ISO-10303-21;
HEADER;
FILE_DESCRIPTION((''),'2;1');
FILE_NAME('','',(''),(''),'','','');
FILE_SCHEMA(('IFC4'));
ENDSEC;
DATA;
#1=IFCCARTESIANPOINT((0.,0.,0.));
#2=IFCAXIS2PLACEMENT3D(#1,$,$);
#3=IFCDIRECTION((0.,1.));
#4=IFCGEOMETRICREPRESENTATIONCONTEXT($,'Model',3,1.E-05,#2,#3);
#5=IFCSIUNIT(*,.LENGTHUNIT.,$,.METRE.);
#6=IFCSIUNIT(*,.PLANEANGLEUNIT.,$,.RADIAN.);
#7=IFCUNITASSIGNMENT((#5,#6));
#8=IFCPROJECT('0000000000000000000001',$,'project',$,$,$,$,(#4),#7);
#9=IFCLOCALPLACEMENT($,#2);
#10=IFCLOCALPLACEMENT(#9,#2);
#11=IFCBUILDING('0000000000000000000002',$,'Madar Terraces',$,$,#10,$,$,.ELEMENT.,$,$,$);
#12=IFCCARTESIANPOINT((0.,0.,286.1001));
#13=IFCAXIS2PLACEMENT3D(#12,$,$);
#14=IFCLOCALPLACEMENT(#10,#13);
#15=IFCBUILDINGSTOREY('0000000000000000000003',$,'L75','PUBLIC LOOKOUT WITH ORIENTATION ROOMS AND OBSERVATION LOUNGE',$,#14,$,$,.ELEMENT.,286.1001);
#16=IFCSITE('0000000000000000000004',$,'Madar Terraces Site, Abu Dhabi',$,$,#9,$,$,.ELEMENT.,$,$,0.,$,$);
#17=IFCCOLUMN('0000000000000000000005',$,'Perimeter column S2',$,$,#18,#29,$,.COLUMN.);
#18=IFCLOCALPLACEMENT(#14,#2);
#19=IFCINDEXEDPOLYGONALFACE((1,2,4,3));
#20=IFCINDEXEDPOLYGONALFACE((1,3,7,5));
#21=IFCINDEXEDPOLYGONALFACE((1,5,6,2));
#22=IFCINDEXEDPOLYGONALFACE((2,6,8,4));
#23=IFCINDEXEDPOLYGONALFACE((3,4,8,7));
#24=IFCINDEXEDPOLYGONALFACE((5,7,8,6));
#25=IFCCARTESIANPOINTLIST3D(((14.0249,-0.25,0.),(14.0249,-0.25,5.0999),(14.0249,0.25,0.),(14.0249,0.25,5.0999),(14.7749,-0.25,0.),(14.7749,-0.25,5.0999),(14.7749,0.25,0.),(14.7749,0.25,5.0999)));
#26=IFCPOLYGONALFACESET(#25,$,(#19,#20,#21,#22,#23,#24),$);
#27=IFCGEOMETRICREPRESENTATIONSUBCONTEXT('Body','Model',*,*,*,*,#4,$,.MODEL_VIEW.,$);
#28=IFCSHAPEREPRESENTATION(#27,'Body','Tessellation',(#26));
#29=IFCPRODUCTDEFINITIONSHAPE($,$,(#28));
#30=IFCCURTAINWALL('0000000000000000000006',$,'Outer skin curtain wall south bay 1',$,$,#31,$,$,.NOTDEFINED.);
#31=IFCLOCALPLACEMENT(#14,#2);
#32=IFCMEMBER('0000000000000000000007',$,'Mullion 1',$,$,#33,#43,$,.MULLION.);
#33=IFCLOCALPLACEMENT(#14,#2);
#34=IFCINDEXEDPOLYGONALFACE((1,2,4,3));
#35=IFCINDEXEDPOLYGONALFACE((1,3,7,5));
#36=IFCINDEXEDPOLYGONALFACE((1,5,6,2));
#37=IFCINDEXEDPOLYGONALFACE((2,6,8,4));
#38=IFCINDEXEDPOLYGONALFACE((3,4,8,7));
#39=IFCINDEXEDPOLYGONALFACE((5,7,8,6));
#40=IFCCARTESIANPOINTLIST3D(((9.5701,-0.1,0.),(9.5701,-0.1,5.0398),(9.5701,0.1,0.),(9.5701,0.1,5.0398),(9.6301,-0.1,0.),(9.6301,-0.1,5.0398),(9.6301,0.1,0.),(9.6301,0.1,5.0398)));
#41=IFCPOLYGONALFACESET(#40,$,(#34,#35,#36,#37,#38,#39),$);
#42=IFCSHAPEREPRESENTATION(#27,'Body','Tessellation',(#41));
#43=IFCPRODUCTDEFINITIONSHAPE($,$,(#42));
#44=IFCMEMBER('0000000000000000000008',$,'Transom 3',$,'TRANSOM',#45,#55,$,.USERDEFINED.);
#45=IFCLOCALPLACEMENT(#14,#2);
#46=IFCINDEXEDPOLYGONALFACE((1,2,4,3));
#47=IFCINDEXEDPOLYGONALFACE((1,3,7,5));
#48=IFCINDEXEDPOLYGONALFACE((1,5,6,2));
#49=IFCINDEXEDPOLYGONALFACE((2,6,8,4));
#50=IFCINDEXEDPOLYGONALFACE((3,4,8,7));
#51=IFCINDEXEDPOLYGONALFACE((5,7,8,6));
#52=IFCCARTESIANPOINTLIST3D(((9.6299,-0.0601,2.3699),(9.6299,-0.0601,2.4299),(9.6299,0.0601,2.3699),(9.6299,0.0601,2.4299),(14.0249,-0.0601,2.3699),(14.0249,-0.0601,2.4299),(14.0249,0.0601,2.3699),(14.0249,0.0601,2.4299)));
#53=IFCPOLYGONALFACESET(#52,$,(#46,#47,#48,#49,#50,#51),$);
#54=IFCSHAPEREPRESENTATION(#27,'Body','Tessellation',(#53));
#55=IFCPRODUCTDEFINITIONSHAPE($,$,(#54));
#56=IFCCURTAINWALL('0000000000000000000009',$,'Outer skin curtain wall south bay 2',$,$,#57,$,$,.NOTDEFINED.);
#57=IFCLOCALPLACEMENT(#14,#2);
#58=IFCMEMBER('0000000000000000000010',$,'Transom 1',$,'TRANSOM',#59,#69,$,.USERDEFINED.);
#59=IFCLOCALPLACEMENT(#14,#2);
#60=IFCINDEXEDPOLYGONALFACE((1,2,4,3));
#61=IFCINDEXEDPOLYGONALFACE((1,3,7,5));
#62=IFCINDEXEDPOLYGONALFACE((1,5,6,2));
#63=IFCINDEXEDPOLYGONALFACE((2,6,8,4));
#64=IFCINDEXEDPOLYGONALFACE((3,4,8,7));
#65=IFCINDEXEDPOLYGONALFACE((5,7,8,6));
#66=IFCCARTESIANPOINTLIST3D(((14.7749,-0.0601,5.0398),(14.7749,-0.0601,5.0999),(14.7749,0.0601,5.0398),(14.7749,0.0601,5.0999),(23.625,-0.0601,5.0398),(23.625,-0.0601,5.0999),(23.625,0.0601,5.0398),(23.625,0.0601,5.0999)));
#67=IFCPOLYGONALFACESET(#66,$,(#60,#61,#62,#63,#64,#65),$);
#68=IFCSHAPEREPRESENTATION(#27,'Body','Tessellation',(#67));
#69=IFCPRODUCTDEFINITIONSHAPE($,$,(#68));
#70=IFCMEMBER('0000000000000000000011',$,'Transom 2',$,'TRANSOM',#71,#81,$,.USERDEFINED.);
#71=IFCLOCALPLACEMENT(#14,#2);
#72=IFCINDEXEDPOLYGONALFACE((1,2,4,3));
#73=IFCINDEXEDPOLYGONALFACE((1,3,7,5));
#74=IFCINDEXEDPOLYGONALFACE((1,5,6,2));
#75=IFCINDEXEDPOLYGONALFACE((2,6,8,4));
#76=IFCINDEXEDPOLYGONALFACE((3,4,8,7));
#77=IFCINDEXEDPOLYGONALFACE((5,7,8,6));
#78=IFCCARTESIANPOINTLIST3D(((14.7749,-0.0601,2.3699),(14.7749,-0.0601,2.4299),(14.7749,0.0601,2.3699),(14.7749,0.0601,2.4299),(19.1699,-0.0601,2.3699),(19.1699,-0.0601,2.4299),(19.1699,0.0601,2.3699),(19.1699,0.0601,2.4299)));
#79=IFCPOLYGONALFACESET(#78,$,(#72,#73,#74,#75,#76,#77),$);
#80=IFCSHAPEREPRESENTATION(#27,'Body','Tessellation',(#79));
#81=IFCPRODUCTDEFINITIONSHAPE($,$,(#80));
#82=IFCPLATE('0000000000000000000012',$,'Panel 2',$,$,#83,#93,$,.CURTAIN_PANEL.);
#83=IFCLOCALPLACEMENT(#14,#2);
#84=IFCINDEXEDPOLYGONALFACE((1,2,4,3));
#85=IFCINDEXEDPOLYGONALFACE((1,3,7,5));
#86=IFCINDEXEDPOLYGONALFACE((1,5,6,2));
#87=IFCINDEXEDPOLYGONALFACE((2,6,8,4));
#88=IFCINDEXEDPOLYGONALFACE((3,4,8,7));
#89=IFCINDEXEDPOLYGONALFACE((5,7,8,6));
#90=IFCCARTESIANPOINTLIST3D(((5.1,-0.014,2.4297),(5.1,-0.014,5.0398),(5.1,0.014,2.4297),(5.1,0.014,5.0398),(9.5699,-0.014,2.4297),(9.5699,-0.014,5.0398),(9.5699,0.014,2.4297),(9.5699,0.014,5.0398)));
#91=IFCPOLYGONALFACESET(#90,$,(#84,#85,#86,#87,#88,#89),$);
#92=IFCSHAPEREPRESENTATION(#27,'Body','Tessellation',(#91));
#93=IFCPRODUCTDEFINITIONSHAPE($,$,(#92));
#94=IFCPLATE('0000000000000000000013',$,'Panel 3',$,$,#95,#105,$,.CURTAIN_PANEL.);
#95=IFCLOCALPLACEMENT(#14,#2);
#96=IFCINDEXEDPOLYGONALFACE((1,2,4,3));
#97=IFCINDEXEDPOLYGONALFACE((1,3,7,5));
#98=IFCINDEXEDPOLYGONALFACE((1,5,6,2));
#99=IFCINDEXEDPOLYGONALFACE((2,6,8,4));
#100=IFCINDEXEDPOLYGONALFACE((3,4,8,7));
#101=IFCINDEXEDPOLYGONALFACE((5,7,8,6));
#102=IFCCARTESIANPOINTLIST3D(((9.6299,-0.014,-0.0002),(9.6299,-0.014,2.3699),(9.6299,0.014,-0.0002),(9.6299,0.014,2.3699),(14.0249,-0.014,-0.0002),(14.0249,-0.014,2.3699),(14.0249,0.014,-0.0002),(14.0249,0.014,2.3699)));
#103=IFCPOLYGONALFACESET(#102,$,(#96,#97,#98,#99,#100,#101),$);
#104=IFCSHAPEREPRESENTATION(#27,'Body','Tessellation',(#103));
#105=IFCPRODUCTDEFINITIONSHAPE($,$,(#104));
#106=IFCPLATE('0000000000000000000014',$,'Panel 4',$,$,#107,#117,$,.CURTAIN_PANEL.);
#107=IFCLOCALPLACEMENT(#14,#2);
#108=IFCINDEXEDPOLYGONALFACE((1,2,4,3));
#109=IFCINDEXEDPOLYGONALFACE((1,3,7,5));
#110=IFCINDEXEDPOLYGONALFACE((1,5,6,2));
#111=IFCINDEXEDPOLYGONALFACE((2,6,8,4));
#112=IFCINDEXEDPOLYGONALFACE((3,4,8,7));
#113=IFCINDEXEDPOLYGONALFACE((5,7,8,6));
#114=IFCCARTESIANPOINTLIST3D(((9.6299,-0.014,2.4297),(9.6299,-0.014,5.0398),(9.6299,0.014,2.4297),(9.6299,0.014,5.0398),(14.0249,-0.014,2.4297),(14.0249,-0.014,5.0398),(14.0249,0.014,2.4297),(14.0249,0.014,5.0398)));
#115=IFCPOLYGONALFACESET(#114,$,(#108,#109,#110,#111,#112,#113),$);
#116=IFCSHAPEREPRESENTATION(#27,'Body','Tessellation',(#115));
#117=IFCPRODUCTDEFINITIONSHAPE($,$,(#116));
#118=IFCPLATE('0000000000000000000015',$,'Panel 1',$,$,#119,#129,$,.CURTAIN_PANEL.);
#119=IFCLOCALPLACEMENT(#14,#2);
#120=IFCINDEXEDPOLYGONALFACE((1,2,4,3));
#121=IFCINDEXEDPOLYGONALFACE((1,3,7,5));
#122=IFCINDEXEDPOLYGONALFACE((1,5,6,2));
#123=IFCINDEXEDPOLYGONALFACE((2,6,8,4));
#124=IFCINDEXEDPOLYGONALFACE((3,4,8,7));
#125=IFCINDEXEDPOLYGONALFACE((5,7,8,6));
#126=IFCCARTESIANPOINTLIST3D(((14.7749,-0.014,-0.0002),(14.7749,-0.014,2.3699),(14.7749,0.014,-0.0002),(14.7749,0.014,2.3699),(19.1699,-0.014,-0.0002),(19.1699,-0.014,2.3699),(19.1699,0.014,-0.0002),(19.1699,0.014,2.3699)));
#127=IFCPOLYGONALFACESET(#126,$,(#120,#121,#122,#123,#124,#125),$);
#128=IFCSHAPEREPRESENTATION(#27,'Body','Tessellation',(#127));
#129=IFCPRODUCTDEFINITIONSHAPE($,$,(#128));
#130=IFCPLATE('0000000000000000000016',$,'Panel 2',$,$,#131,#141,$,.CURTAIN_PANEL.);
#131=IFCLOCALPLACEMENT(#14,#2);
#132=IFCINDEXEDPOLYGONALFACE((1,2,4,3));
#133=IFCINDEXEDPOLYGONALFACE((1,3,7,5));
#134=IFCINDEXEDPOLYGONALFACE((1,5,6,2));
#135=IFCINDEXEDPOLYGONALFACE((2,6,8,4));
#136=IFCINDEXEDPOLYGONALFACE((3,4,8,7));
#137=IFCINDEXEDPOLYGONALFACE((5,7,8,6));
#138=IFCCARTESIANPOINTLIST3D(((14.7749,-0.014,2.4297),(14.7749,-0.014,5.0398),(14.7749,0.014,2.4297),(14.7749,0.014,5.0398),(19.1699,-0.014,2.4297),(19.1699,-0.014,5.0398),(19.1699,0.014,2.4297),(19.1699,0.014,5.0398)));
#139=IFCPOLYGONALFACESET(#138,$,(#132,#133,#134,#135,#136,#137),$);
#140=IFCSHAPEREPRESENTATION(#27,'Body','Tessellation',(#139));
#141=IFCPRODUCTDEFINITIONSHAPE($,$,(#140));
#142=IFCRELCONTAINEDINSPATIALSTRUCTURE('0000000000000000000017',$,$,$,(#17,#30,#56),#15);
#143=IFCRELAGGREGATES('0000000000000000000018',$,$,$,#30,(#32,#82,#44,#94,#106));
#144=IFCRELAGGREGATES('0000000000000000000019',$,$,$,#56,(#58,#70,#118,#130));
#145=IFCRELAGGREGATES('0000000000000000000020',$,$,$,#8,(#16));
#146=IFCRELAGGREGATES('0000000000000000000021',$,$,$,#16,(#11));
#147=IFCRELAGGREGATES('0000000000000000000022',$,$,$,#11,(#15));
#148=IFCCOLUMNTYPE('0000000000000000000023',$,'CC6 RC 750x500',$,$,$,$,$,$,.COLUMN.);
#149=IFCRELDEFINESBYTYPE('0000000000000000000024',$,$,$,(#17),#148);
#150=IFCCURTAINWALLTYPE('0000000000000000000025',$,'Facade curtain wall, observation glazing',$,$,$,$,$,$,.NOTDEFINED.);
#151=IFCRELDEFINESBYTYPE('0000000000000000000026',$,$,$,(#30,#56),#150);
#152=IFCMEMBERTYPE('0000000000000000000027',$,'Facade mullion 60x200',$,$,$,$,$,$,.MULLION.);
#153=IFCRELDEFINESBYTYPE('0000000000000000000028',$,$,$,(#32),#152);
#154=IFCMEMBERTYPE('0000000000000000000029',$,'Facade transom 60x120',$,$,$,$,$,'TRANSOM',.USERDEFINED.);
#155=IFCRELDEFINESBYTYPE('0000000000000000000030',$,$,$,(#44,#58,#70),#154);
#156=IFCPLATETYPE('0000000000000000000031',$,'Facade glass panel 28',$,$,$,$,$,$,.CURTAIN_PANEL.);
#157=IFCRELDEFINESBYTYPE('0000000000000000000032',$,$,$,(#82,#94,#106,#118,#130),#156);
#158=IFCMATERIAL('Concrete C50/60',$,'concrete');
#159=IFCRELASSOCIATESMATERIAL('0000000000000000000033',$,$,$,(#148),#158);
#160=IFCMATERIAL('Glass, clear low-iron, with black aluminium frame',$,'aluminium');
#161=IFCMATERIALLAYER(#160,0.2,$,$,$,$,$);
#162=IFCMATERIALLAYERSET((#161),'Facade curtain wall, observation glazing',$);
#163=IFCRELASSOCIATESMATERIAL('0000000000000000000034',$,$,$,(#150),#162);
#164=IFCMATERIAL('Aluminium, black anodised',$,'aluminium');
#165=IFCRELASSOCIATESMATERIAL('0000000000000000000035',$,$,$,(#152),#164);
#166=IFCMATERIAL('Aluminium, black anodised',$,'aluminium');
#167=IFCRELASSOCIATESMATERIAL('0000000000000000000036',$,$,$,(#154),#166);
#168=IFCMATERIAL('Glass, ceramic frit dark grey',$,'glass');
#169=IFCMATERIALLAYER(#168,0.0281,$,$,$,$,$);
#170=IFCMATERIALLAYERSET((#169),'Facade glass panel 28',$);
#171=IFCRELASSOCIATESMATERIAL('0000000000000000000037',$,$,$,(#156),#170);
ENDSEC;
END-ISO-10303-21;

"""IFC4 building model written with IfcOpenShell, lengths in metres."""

from ifc_helpers import new_model, si_unit, direction, frame, origin, origin_2d, place, context, subcontext, project, spatial, rectangle, extrude, material, layer, layer_set, material_profile, profile_set, type_object, element, aggregate, save


model = new_model("IFC4")

# Units and contexts
model_context = context("Model", 3, precision=1e-05, world=origin(), true_north=direction((0.0, 1.0)))
body_context = subcontext(model_context, "Body", "Model", "MODEL_VIEW")
ifc_project = project(units=[si_unit("LENGTHUNIT", "METRE"), si_unit("PLANEANGLEUNIT", "RADIAN")], contexts=[model_context])

# Site, building, storey
site_placement = place(None, origin())
site = spatial("IfcSite", under=ifc_project, at=site_placement, Name="Madar Terraces Site, Abu Dhabi", CompositionType="ELEMENT", RefElevation=0.0)
building_placement = place(site_placement, origin())
building = spatial("IfcBuilding", under=site, at=building_placement, Name="Madar Terraces", CompositionType="ELEMENT")
storey_placement = place(building_placement, frame((0.0, 0.0, 286.1001)))
storey = spatial("IfcBuildingStorey", under=building, at=storey_placement, Name="L75", Description="PUBLIC LOOKOUT WITH ORIENTATION ROOMS AND OBSERVATION LOUNGE", CompositionType="ELEMENT", Elevation=286.1001)

# Column
ifc_material_1 = material(Name="Concrete C50/60", Category="concrete")
ifc_material_profile_1 = material_profile(ifc_material_1, rectangle(XDim=0.75, YDim=0.5, at=origin_2d()), Name="CC6 RC 750x500")
ifc_profile_set_1 = profile_set([ifc_material_profile_1], Name="Concrete C50/60")
column_type = type_object("IfcColumnType", Name="CC6 RC 750x500", PredefinedType="COLUMN", material=ifc_profile_set_1)
column_placement = place(storey_placement, frame((14.3999, 0.0, 0.0), z_axis=(0.0, 0.0, 1.0), x_axis=(1.0, 0.0, 0.0)))
element("IfcColumn", 1, at=column_placement, inside=storey, type_object=column_type, Name="Perimeter column S2", PredefinedType="COLUMN", context=body_context, shape_type="SweptSolid", body=[
    extrude(rectangle(XDim=0.75, YDim=0.5, at=origin_2d()), origin(), (0.0, 0.0, 1.0), 5.0999),
])

# Curtain walls, members
ifc_material_2 = material(Name="Glass, clear low-iron, with black aluminium frame", Category="aluminium")
ifc_layer_1 = layer(ifc_material_2, 0.2)
ifc_layer_set_1 = layer_set([ifc_layer_1], Name="Facade curtain wall, observation glazing")
curtain_wall_type = type_object("IfcCurtainWallType", Name="Facade curtain wall, observation glazing", PredefinedType="NOTDEFINED", material=ifc_layer_set_1)
curtain_wall_1_placement = place(storey_placement, origin())
curtain_wall_1 = element("IfcCurtainWall", 2, at=curtain_wall_1_placement, inside=storey, type_object=curtain_wall_type, Name="Outer skin curtain wall south bay 1", PredefinedType="NOTDEFINED")
ifc_material_3 = material(Name="Aluminium, black anodised", Category="aluminium")
ifc_material_profile_2 = material_profile(ifc_material_3, rectangle(XDim=0.2, YDim=0.0601, at=origin_2d()), Name="Facade mullion 60x200")
ifc_profile_set_2 = profile_set([ifc_material_profile_2], Name="Aluminium, black anodised")
member_type_1 = type_object("IfcMemberType", Name="Facade mullion 60x200", PredefinedType="MULLION", material=ifc_profile_set_2)
member_1_placement = place(storey_placement, frame((9.6001, 0.0, 0.0), z_axis=(0.0, 0.0, 1.0), x_axis=(0.0, 1.0, 0.0)))
member_1 = element("IfcMember", 3, at=member_1_placement, type_object=member_type_1, Name="Mullion 1", PredefinedType="MULLION", context=body_context, shape_type="SweptSolid", body=[
    extrude(rectangle(XDim=0.2, YDim=0.0601, at=origin_2d()), origin(), (0.0, 0.0, 1.0), 5.0398),
])
ifc_material_4 = material(Name="Aluminium, black anodised", Category="aluminium")
ifc_material_profile_3 = material_profile(ifc_material_4, rectangle(XDim=0.1201, YDim=0.0601, at=origin_2d()), Name="Facade transom 60x120")
ifc_profile_set_3 = profile_set([ifc_material_profile_3], Name="Aluminium, black anodised")
member_type_2 = type_object("IfcMemberType", Name="Facade transom 60x120", ElementType="TRANSOM", PredefinedType="USERDEFINED", material=ifc_profile_set_3)
member_2_placement = place(storey_placement, frame((9.6299, 0.0, 2.3999), z_axis=(1.0, 0.0, 0.0), x_axis=(0.0, 1.0, 0.0)))
member_2 = element("IfcMember", 4, at=member_2_placement, type_object=member_type_2, Name="Transom 3", ObjectType="TRANSOM", PredefinedType="USERDEFINED", context=body_context, shape_type="SweptSolid", body=[
    extrude(rectangle(XDim=0.1201, YDim=0.0601, at=origin_2d()), origin(), (0.0, 0.0, 1.0), 4.395),
])
curtain_wall_2_placement = place(storey_placement, origin())
curtain_wall_2 = element("IfcCurtainWall", 5, at=curtain_wall_2_placement, inside=storey, type_object=curtain_wall_type, Name="Outer skin curtain wall south bay 2", PredefinedType="NOTDEFINED")
member_3_placement = place(storey_placement, frame((14.7749, 0.0, 5.0698), z_axis=(1.0, 0.0, 0.0), x_axis=(0.0, 1.0, 0.0)))
member_3 = element("IfcMember", 6, at=member_3_placement, type_object=member_type_2, Name="Transom 1", ObjectType="TRANSOM", PredefinedType="USERDEFINED", context=body_context, shape_type="SweptSolid", body=[
    extrude(rectangle(XDim=0.1201, YDim=0.0601, at=origin_2d()), origin(), (0.0, 0.0, 1.0), 8.8501),
])
member_4_placement = place(storey_placement, frame((14.7749, 0.0, 2.3999), z_axis=(1.0, 0.0, 0.0), x_axis=(0.0, 1.0, 0.0)))
member_4 = element("IfcMember", 7, at=member_4_placement, type_object=member_type_2, Name="Transom 2", ObjectType="TRANSOM", PredefinedType="USERDEFINED", context=body_context, shape_type="SweptSolid", body=[
    extrude(rectangle(XDim=0.1201, YDim=0.0601, at=origin_2d()), origin(), (0.0, 0.0, 1.0), 4.395),
])

# Plates
ifc_material_5 = material(Name="Glass, ceramic frit dark grey", Category="glass")
ifc_layer_2 = layer(ifc_material_5, 0.0281)
ifc_layer_set_2 = layer_set([ifc_layer_2], Name="Facade glass panel 28")
plate_type = type_object("IfcPlateType", Name="Facade glass panel 28", PredefinedType="CURTAIN_PANEL", material=ifc_layer_set_2)
plate_1_placement = place(storey_placement, frame((7.335, 0.0, 2.4297), z_axis=(0.0, 0.0, 1.0), x_axis=(1.0, 0.0, 0.0)))
plate_1 = element("IfcPlate", 8, at=plate_1_placement, type_object=plate_type, Name="Panel 2", PredefinedType="CURTAIN_PANEL", context=body_context, shape_type="SweptSolid", body=[
    extrude(rectangle(XDim=4.47, YDim=0.0281, at=origin_2d()), origin(), (0.0, 0.0, 1.0), 2.6101),
])
plate_2_placement = place(storey_placement, frame((11.8274, 0.0, -0.0002), z_axis=(0.0, 0.0, 1.0), x_axis=(1.0, 0.0, 0.0)))
plate_2 = element("IfcPlate", 9, at=plate_2_placement, type_object=plate_type, Name="Panel 3", PredefinedType="CURTAIN_PANEL", context=body_context, shape_type="SweptSolid", body=[
    extrude(rectangle(XDim=4.395, YDim=0.0281, at=origin_2d()), origin(), (0.0, 0.0, 1.0), 2.3701),
])
plate_3_placement = place(storey_placement, frame((11.8274, 0.0, 2.4297), z_axis=(0.0, 0.0, 1.0), x_axis=(1.0, 0.0, 0.0)))
plate_3 = element("IfcPlate", 10, at=plate_3_placement, type_object=plate_type, Name="Panel 4", PredefinedType="CURTAIN_PANEL", context=body_context, shape_type="SweptSolid", body=[
    extrude(rectangle(XDim=4.395, YDim=0.0281, at=origin_2d()), origin(), (0.0, 0.0, 1.0), 2.6101),
])
aggregate(curtain_wall_1, [member_1, plate_1, member_2, plate_2, plate_3])
plate_4_placement = place(storey_placement, frame((16.9724, 0.0, -0.0002), z_axis=(0.0, 0.0, 1.0), x_axis=(1.0, 0.0, 0.0)))
plate_4 = element("IfcPlate", 11, at=plate_4_placement, type_object=plate_type, Name="Panel 1", PredefinedType="CURTAIN_PANEL", context=body_context, shape_type="SweptSolid", body=[
    extrude(rectangle(XDim=4.395, YDim=0.0281, at=origin_2d()), origin(), (0.0, 0.0, 1.0), 2.3701),
])
plate_5_placement = place(storey_placement, frame((16.9724, 0.0, 2.4297), z_axis=(0.0, 0.0, 1.0), x_axis=(1.0, 0.0, 0.0)))
plate_5 = element("IfcPlate", 12, at=plate_5_placement, type_object=plate_type, Name="Panel 2", PredefinedType="CURTAIN_PANEL", context=body_context, shape_type="SweptSolid", body=[
    extrude(rectangle(XDim=4.395, YDim=0.0281, at=origin_2d()), origin(), (0.0, 0.0, 1.0), 2.6101),
])
aggregate(curtain_wall_2, [member_3, member_4, plate_4, plate_5])

save(model, "model.ifc")
